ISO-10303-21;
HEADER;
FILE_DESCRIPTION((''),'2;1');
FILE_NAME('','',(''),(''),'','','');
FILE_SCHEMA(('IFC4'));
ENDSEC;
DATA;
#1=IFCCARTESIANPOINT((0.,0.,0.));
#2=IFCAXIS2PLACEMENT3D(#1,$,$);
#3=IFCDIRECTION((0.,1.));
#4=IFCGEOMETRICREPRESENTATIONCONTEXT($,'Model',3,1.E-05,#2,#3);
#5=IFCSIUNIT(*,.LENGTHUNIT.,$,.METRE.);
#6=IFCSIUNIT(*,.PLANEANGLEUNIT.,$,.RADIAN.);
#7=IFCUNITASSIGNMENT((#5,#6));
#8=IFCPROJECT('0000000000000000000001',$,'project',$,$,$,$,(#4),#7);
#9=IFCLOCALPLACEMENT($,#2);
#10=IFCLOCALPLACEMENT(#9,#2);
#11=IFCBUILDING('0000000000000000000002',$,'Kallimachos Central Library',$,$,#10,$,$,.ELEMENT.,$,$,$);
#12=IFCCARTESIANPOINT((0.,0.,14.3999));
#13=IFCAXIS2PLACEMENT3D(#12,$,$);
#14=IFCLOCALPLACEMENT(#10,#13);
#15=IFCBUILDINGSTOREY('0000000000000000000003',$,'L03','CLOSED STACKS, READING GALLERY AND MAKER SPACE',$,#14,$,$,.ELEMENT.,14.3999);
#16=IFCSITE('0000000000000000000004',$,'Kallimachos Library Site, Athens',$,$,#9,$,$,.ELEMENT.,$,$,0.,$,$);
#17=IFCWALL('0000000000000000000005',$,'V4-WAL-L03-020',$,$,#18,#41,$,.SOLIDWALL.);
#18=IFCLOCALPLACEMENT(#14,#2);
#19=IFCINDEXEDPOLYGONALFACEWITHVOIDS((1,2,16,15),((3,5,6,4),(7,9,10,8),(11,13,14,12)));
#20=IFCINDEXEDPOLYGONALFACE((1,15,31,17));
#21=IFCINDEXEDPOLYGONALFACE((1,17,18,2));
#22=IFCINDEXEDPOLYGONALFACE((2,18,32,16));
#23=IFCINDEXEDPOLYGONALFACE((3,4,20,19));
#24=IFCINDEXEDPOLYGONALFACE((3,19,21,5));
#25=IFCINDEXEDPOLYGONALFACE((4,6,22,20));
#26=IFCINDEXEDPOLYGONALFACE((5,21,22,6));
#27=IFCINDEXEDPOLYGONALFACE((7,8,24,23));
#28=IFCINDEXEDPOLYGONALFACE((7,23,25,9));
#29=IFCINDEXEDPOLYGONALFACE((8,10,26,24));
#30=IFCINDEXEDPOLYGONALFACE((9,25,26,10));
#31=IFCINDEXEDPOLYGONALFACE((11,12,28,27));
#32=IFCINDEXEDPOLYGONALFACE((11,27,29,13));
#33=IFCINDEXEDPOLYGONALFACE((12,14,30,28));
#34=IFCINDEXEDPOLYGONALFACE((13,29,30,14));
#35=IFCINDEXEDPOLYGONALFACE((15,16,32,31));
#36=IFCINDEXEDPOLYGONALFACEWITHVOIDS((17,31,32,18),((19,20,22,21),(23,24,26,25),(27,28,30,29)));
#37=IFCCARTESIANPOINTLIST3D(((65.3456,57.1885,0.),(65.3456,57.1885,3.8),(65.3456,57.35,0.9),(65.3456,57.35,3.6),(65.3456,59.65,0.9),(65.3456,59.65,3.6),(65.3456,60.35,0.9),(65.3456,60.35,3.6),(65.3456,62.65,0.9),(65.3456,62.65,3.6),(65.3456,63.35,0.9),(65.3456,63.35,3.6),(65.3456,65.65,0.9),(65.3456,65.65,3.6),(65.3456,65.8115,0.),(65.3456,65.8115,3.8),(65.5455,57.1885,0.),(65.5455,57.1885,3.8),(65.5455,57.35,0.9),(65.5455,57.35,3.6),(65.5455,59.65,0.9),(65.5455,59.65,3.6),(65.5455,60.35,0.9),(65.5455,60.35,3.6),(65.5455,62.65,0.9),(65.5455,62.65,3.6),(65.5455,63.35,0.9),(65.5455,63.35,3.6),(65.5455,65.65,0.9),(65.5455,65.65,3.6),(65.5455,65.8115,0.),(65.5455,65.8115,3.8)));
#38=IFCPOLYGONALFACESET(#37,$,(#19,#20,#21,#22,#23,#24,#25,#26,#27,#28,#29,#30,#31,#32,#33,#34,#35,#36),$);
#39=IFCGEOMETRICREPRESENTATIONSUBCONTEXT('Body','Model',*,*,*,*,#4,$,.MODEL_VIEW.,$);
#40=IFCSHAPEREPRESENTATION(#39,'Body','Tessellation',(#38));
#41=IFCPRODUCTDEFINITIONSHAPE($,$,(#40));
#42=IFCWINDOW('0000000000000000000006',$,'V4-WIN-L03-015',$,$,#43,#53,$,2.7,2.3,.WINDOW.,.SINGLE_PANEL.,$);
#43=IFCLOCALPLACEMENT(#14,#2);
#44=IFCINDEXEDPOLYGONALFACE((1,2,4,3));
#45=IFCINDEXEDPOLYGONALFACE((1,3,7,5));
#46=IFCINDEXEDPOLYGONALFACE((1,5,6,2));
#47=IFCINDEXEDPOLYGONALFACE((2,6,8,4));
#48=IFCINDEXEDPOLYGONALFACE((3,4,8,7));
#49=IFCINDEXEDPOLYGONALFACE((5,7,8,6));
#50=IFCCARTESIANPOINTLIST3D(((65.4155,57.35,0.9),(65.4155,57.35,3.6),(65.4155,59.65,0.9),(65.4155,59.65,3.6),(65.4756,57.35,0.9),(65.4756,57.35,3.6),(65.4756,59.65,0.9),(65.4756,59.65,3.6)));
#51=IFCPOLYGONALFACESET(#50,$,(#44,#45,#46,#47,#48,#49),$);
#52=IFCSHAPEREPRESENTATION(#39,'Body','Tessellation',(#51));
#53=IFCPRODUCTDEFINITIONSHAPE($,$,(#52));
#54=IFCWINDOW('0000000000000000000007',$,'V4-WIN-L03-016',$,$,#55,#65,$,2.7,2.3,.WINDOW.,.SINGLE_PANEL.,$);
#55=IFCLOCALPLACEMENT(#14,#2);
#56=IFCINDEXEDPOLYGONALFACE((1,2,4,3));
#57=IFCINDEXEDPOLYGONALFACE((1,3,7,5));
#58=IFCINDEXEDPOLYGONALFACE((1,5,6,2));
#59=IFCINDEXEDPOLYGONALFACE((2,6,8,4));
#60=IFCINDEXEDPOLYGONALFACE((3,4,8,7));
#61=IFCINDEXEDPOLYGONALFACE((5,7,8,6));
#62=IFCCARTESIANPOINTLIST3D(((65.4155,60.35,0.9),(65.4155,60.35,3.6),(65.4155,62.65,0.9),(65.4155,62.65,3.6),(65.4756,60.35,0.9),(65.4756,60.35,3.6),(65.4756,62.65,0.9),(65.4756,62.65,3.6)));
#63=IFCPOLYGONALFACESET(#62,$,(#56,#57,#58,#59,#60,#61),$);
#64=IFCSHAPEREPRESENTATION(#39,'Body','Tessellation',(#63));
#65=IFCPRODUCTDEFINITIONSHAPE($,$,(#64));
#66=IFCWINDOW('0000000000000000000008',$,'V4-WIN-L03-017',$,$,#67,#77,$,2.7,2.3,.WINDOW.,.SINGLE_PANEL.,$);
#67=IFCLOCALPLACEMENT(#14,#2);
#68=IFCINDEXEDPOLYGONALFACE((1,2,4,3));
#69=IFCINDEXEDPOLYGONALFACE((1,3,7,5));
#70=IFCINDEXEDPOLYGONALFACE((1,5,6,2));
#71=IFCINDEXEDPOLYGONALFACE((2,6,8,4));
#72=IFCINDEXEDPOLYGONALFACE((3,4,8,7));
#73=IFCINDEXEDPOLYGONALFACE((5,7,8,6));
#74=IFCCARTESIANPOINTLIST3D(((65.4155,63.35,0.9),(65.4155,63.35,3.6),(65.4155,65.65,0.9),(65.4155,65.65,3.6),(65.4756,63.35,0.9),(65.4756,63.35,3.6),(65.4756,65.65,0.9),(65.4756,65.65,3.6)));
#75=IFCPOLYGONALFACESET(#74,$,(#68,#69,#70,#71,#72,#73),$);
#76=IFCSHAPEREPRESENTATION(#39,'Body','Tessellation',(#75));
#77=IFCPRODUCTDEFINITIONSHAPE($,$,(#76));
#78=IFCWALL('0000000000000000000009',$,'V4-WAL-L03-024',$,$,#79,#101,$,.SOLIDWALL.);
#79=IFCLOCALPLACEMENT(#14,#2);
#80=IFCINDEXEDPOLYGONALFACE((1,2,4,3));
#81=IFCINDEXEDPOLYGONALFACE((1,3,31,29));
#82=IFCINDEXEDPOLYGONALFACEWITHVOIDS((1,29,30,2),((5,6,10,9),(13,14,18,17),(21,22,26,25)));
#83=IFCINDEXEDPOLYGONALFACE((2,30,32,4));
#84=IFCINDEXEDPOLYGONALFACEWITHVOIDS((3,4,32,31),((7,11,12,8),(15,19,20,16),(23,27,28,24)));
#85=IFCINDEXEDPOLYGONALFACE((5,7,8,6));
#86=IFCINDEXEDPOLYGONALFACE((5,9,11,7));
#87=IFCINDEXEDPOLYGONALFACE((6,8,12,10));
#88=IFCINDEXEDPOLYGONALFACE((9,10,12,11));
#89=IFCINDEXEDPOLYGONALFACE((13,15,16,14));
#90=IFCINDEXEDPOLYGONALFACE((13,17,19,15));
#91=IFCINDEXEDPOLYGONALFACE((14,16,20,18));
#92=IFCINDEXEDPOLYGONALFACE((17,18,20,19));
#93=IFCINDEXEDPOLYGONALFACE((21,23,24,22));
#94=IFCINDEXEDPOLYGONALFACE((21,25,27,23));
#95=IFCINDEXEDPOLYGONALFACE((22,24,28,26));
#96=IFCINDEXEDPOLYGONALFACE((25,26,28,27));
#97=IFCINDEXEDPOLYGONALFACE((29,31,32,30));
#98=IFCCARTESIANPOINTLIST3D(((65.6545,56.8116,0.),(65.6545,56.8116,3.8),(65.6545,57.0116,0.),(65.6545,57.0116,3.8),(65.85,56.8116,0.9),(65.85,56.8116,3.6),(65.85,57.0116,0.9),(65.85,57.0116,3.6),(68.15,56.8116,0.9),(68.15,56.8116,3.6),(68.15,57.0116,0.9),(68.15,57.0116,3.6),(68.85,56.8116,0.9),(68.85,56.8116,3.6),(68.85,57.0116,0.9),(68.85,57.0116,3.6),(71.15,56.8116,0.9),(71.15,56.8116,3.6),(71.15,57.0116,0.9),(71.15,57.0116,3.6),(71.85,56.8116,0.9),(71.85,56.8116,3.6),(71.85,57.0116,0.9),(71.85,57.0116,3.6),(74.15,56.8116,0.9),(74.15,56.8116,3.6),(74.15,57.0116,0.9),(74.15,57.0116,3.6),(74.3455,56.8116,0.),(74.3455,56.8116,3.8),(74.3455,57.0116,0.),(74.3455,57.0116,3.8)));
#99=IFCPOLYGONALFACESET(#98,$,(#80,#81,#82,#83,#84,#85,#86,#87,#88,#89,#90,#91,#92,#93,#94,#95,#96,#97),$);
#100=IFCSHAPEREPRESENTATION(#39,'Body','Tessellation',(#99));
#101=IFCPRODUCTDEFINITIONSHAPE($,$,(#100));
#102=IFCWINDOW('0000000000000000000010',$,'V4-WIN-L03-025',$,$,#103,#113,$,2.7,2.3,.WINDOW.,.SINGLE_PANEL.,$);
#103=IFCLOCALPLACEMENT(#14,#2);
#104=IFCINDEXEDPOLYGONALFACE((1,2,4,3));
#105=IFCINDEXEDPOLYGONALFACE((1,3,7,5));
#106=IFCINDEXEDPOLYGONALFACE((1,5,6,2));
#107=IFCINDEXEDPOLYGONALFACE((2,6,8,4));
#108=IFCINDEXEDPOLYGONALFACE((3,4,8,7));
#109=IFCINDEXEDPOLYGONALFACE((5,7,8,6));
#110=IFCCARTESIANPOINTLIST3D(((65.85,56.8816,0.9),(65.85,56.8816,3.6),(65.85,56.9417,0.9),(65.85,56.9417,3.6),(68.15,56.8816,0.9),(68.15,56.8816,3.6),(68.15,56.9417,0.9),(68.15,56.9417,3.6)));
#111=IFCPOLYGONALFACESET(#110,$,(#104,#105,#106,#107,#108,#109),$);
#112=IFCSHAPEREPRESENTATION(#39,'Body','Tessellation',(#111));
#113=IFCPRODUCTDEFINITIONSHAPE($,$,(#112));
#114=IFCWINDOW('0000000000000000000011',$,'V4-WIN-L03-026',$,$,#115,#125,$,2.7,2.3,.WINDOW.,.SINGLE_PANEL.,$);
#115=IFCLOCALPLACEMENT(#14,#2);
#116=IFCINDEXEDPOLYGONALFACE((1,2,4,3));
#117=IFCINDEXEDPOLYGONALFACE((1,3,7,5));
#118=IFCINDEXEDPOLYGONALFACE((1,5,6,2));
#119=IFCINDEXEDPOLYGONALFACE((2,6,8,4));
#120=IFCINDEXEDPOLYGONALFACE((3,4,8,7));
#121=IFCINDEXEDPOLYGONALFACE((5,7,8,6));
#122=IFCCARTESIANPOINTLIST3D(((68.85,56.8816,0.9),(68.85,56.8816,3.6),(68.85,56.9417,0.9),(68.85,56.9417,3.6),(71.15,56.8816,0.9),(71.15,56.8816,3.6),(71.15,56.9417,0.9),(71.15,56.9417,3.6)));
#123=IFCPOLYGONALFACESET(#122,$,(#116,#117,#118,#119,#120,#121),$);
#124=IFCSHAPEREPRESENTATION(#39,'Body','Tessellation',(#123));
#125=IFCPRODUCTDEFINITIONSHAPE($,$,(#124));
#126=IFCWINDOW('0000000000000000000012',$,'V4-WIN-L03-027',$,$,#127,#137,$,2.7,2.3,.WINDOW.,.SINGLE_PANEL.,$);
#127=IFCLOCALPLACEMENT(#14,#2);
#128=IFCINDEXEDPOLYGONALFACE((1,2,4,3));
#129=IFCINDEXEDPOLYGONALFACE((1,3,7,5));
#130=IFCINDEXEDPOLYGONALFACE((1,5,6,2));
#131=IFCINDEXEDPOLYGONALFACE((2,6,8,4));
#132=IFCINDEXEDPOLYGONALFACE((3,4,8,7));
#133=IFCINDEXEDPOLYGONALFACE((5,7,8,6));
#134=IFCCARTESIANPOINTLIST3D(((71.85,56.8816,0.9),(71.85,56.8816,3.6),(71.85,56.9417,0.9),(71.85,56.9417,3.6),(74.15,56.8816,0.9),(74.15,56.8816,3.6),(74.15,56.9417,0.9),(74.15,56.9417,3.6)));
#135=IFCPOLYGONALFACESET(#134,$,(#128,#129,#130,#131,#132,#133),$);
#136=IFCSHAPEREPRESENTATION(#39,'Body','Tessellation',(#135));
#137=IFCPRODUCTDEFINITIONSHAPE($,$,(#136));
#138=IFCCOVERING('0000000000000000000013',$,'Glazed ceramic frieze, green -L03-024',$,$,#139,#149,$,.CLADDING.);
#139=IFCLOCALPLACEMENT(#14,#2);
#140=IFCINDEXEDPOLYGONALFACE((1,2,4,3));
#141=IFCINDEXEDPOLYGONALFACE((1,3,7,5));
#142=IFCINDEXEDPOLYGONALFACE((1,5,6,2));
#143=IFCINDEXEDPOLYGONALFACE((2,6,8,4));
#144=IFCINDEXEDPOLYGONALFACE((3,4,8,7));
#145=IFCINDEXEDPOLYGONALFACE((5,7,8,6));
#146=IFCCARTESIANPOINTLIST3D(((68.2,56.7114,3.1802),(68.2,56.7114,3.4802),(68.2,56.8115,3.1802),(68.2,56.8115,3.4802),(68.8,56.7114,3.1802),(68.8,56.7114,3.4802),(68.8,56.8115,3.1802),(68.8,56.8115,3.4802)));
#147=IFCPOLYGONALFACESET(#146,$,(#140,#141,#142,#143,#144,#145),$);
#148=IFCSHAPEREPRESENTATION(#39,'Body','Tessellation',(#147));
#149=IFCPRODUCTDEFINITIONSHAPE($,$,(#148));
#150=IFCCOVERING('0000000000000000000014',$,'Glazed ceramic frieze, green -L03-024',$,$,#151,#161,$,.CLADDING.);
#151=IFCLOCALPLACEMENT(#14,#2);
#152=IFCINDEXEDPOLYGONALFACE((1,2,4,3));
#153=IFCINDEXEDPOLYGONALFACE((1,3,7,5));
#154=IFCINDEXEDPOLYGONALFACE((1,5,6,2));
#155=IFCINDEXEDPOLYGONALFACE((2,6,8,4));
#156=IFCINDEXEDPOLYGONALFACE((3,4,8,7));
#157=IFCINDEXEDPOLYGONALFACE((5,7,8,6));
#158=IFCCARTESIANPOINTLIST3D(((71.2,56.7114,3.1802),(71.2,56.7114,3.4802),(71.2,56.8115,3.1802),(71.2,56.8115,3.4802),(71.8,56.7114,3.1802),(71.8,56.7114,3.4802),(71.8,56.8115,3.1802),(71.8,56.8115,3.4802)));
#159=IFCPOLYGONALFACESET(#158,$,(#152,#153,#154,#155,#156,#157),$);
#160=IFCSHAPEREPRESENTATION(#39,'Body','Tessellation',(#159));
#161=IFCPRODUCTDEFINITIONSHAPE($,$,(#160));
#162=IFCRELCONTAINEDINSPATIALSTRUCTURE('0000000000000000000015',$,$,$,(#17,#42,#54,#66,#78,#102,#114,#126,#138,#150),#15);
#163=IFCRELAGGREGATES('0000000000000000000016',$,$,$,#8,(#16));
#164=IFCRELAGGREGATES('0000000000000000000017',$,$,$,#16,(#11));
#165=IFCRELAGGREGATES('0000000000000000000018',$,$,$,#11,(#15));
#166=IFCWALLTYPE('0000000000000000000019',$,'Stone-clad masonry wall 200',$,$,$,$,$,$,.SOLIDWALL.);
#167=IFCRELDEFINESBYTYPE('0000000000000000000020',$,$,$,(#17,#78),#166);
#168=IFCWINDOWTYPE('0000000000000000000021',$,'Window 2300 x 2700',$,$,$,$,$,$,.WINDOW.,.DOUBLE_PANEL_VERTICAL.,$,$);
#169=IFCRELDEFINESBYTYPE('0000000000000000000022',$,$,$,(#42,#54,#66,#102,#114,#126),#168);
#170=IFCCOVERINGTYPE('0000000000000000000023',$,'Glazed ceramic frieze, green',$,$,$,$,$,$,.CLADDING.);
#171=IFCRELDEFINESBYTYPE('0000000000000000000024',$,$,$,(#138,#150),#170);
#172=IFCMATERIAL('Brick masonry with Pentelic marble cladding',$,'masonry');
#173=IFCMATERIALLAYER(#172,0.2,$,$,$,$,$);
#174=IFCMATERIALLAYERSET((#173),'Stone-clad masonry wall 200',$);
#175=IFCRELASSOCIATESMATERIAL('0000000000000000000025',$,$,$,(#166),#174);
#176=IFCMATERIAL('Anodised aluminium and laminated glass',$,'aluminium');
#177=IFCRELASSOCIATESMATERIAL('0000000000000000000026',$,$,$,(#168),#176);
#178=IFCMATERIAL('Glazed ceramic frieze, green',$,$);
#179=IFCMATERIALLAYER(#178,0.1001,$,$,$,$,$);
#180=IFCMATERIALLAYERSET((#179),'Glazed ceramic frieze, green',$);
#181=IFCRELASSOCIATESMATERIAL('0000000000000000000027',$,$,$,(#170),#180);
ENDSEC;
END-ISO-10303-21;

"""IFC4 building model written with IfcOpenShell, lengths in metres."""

from ifc_helpers import new_model, si_unit, direction, frame, frame_2d, origin, origin_2d, place, context, subcontext, project, spatial, rectangle, extrude, material, layer, layer_set, type_object, element, fill, save


model = new_model("IFC4")

# Units and contexts
model_context = context("Model", 3, precision=1e-05, world=origin(), true_north=direction((0.0, 1.0)))
body_context = subcontext(model_context, "Body", "Model", "MODEL_VIEW")
ifc_project = project(units=[si_unit("LENGTHUNIT", "METRE"), si_unit("PLANEANGLEUNIT", "RADIAN")], contexts=[model_context])

# Site, building, storey
site_placement = place(None, origin())
site = spatial("IfcSite", under=ifc_project, at=site_placement, Name="Kallimachos Library Site, Athens", CompositionType="ELEMENT", RefElevation=0.0)
building_placement = place(site_placement, origin())
building = spatial("IfcBuilding", under=site, at=building_placement, Name="Kallimachos Central Library", CompositionType="ELEMENT")
storey_placement = place(building_placement, frame((0.0, 0.0, 14.3999)))
storey = spatial("IfcBuildingStorey", under=building, at=storey_placement, Name="L03", Description="CLOSED STACKS, READING GALLERY AND MAKER SPACE", CompositionType="ELEMENT", Elevation=14.3999)

# Walls, openings, windows
ifc_material_1 = material(Name="Brick masonry with Pentelic marble cladding", Category="masonry")
ifc_layer_1 = layer(ifc_material_1, 0.2)
ifc_layer_set_1 = layer_set([ifc_layer_1], Name="Stone-clad masonry wall 200")
wall_type_1 = type_object("IfcWallType", Name="Stone-clad masonry wall 200", PredefinedType="SOLIDWALL", material=ifc_layer_set_1)
wall_1_placement = place(storey_placement, frame((65.4456, 57.1885, 0.0), z_axis=(0.0, 0.0, 1.0), x_axis=(0.0, 1.0, 0.0)))
wall_1 = element("IfcWall", 1, at=wall_1_placement, inside=storey, type_object=wall_type_1, Name="V4-WAL-L03-020", PredefinedType="SOLIDWALL", context=body_context, shape_type="SweptSolid", body=[
    extrude(rectangle(XDim=8.623, YDim=0.2, at=frame_2d((4.3115, 0.0))), origin(), (0.0, 0.0, 1.0), 3.8),
])
opening_1_placement = place(wall_1_placement, frame((0.1616, 0.0, 0.8999)))
opening_1 = element("IfcOpeningElement", 2, at=opening_1_placement, cuts=wall_1, PredefinedType="OPENING", context=body_context, shape_type="SweptSolid", body=[
    extrude(rectangle(XDim=2.3, YDim=2.7, at=frame_2d((1.1499, 1.3501))), frame((0.0, 0.1099, 0.0), z_axis=(0.0, -1.0, 0.0), x_axis=(1.0, 0.0, 0.0)), (0.0, 0.0, 1.0), 0.22),
])
opening_2_placement = place(wall_1_placement, frame((3.1616, 0.0, 0.8999)))
opening_2 = element("IfcOpeningElement", 3, at=opening_2_placement, cuts=wall_1, PredefinedType="OPENING", context=body_context, shape_type="SweptSolid", body=[
    extrude(rectangle(XDim=2.3, YDim=2.7, at=frame_2d((1.1499, 1.3501))), frame((0.0, 0.1099, 0.0), z_axis=(0.0, -1.0, 0.0), x_axis=(1.0, 0.0, 0.0)), (0.0, 0.0, 1.0), 0.22),
])
opening_3_placement = place(wall_1_placement, frame((6.1616, 0.0, 0.8999)))
opening_3 = element("IfcOpeningElement", 4, at=opening_3_placement, cuts=wall_1, PredefinedType="OPENING", context=body_context, shape_type="SweptSolid", body=[
    extrude(rectangle(XDim=2.3, YDim=2.7, at=frame_2d((1.1499, 1.3501))), frame((0.0, 0.1099, 0.0), z_axis=(0.0, -1.0, 0.0), x_axis=(1.0, 0.0, 0.0)), (0.0, 0.0, 1.0), 0.22),
])
ifc_material_2 = material(Name="Anodised aluminium and laminated glass", Category="aluminium")
window_type = type_object("IfcWindowType", Name="Window 2300 x 2700", PartitioningType="DOUBLE_PANEL_VERTICAL", PredefinedType="WINDOW", material=ifc_material_2)
window_1_placement = place(opening_1_placement, origin())
window_1 = element("IfcWindow", 5, at=window_1_placement, inside=storey, type_object=window_type, Name="V4-WIN-L03-015", OverallHeight=2.7, OverallWidth=2.3, PartitioningType="SINGLE_PANEL", PredefinedType="WINDOW", context=body_context, shape_type="SweptSolid", body=[
    extrude(rectangle(XDim=2.3, YDim=2.7, at=frame_2d((1.1499, 1.3501))), frame((0.0, 0.03, 0.0), z_axis=(0.0, -1.0, 0.0), x_axis=(1.0, 0.0, 0.0)), (0.0, 0.0, 1.0), 0.0601),
])
fill(opening_1, window_1)
window_2_placement = place(opening_2_placement, origin())
window_2 = element("IfcWindow", 6, at=window_2_placement, inside=storey, type_object=window_type, Name="V4-WIN-L03-016", OverallHeight=2.7, OverallWidth=2.3, PartitioningType="SINGLE_PANEL", PredefinedType="WINDOW", context=body_context, shape_type="SweptSolid", body=[
    extrude(rectangle(XDim=2.3, YDim=2.7, at=frame_2d((1.1499, 1.3501))), frame((0.0, 0.03, 0.0), z_axis=(0.0, -1.0, 0.0), x_axis=(1.0, 0.0, 0.0)), (0.0, 0.0, 1.0), 0.0601),
])
fill(opening_2, window_2)
window_3_placement = place(opening_3_placement, origin())
window_3 = element("IfcWindow", 7, at=window_3_placement, inside=storey, type_object=window_type, Name="V4-WIN-L03-017", OverallHeight=2.7, OverallWidth=2.3, PartitioningType="SINGLE_PANEL", PredefinedType="WINDOW", context=body_context, shape_type="SweptSolid", body=[
    extrude(rectangle(XDim=2.3, YDim=2.7, at=frame_2d((1.1499, 1.3501))), frame((0.0, 0.03, 0.0), z_axis=(0.0, -1.0, 0.0), x_axis=(1.0, 0.0, 0.0)), (0.0, 0.0, 1.0), 0.0601),
])
fill(opening_3, window_3)
wall_2_placement = place(storey_placement, frame((65.6545, 56.9116, 0.0), z_axis=(0.0, 0.0, 1.0), x_axis=(1.0, 0.0, 0.0)))
wall_2 = element("IfcWall", 8, at=wall_2_placement, inside=storey, type_object=wall_type_1, Name="V4-WAL-L03-024", PredefinedType="SOLIDWALL", context=body_context, shape_type="SweptSolid", body=[
    extrude(rectangle(XDim=8.6909, YDim=0.2, at=frame_2d((4.3455, 0.0))), origin(), (0.0, 0.0, 1.0), 3.8),
])
opening_4_placement = place(wall_2_placement, frame((0.1956, 0.0, 0.8999)))
opening_4 = element("IfcOpeningElement", 9, at=opening_4_placement, cuts=wall_2, PredefinedType="OPENING", context=body_context, shape_type="SweptSolid", body=[
    extrude(rectangle(XDim=2.3, YDim=2.7, at=frame_2d((1.1499, 1.3501))), frame((0.0, 0.1099, 0.0), z_axis=(0.0, -1.0, 0.0), x_axis=(1.0, 0.0, 0.0)), (0.0, 0.0, 1.0), 0.22),
])
opening_5_placement = place(wall_2_placement, frame((3.1956, 0.0, 0.8999)))
opening_5 = element("IfcOpeningElement", 10, at=opening_5_placement, cuts=wall_2, PredefinedType="OPENING", context=body_context, shape_type="SweptSolid", body=[
    extrude(rectangle(XDim=2.3, YDim=2.7, at=frame_2d((1.1499, 1.3501))), frame((0.0, 0.1099, 0.0), z_axis=(0.0, -1.0, 0.0), x_axis=(1.0, 0.0, 0.0)), (0.0, 0.0, 1.0), 0.22),
])
opening_6_placement = place(wall_2_placement, frame((6.1956, 0.0, 0.8999)))
opening_6 = element("IfcOpeningElement", 11, at=opening_6_placement, cuts=wall_2, PredefinedType="OPENING", context=body_context, shape_type="SweptSolid", body=[
    extrude(rectangle(XDim=2.3, YDim=2.7, at=frame_2d((1.1499, 1.3501))), frame((0.0, 0.1099, 0.0), z_axis=(0.0, -1.0, 0.0), x_axis=(1.0, 0.0, 0.0)), (0.0, 0.0, 1.0), 0.22),
])
window_4_placement = place(opening_4_placement, origin())
window_4 = element("IfcWindow", 12, at=window_4_placement, inside=storey, type_object=window_type, Name="V4-WIN-L03-025", OverallHeight=2.7, OverallWidth=2.3, PartitioningType="SINGLE_PANEL", PredefinedType="WINDOW", context=body_context, shape_type="SweptSolid", body=[
    extrude(rectangle(XDim=2.3, YDim=2.7, at=frame_2d((1.1499, 1.3501))), frame((0.0, 0.03, 0.0), z_axis=(0.0, -1.0, 0.0), x_axis=(1.0, 0.0, 0.0)), (0.0, 0.0, 1.0), 0.0601),
])
fill(opening_4, window_4)
window_5_placement = place(opening_5_placement, origin())
window_5 = element("IfcWindow", 13, at=window_5_placement, inside=storey, type_object=window_type, Name="V4-WIN-L03-026", OverallHeight=2.7, OverallWidth=2.3, PartitioningType="SINGLE_PANEL", PredefinedType="WINDOW", context=body_context, shape_type="SweptSolid", body=[
    extrude(rectangle(XDim=2.3, YDim=2.7, at=frame_2d((1.1499, 1.3501))), frame((0.0, 0.03, 0.0), z_axis=(0.0, -1.0, 0.0), x_axis=(1.0, 0.0, 0.0)), (0.0, 0.0, 1.0), 0.0601),
])
fill(opening_5, window_5)
window_6_placement = place(opening_6_placement, origin())
window_6 = element("IfcWindow", 14, at=window_6_placement, inside=storey, type_object=window_type, Name="V4-WIN-L03-027", OverallHeight=2.7, OverallWidth=2.3, PartitioningType="SINGLE_PANEL", PredefinedType="WINDOW", context=body_context, shape_type="SweptSolid", body=[
    extrude(rectangle(XDim=2.3, YDim=2.7, at=frame_2d((1.1499, 1.3501))), frame((0.0, 0.03, 0.0), z_axis=(0.0, -1.0, 0.0), x_axis=(1.0, 0.0, 0.0)), (0.0, 0.0, 1.0), 0.0601),
])
fill(opening_6, window_6)

# Coverings
ifc_material_3 = material(Name="Glazed ceramic frieze, green")
ifc_layer_2 = layer(ifc_material_3, 0.1001)
ifc_layer_set_2 = layer_set([ifc_layer_2], Name="Glazed ceramic frieze, green")
covering_type_1 = type_object("IfcCoveringType", Name="Glazed ceramic frieze, green", PredefinedType="CLADDING", material=ifc_layer_set_2)
for number, where, z_axis, x_axis, name in (
    (15, (68.5, 56.7615, 3.1802), (0.0, 0.0, 1.0), (1.0, 0.0, 0.0), "Glazed ceramic frieze, green -L03-024"),
    (16, (71.5, 56.7615, 3.1802), (0.0, 0.0, 1.0), (1.0, 0.0, 0.0), "Glazed ceramic frieze, green -L03-024"),
):
    element("IfcCovering", number, at=place(storey_placement, frame(where, z_axis=z_axis, x_axis=x_axis)), inside=storey, type_object=covering_type_1, Name=name, PredefinedType="CLADDING", context=body_context, shape_type="SweptSolid", body=[
        extrude(rectangle(XDim=0.6001, YDim=0.1001, at=origin_2d()), origin(), (0.0, 0.0, 1.0), 0.3),
    ])

save(model, "model.ifc")
